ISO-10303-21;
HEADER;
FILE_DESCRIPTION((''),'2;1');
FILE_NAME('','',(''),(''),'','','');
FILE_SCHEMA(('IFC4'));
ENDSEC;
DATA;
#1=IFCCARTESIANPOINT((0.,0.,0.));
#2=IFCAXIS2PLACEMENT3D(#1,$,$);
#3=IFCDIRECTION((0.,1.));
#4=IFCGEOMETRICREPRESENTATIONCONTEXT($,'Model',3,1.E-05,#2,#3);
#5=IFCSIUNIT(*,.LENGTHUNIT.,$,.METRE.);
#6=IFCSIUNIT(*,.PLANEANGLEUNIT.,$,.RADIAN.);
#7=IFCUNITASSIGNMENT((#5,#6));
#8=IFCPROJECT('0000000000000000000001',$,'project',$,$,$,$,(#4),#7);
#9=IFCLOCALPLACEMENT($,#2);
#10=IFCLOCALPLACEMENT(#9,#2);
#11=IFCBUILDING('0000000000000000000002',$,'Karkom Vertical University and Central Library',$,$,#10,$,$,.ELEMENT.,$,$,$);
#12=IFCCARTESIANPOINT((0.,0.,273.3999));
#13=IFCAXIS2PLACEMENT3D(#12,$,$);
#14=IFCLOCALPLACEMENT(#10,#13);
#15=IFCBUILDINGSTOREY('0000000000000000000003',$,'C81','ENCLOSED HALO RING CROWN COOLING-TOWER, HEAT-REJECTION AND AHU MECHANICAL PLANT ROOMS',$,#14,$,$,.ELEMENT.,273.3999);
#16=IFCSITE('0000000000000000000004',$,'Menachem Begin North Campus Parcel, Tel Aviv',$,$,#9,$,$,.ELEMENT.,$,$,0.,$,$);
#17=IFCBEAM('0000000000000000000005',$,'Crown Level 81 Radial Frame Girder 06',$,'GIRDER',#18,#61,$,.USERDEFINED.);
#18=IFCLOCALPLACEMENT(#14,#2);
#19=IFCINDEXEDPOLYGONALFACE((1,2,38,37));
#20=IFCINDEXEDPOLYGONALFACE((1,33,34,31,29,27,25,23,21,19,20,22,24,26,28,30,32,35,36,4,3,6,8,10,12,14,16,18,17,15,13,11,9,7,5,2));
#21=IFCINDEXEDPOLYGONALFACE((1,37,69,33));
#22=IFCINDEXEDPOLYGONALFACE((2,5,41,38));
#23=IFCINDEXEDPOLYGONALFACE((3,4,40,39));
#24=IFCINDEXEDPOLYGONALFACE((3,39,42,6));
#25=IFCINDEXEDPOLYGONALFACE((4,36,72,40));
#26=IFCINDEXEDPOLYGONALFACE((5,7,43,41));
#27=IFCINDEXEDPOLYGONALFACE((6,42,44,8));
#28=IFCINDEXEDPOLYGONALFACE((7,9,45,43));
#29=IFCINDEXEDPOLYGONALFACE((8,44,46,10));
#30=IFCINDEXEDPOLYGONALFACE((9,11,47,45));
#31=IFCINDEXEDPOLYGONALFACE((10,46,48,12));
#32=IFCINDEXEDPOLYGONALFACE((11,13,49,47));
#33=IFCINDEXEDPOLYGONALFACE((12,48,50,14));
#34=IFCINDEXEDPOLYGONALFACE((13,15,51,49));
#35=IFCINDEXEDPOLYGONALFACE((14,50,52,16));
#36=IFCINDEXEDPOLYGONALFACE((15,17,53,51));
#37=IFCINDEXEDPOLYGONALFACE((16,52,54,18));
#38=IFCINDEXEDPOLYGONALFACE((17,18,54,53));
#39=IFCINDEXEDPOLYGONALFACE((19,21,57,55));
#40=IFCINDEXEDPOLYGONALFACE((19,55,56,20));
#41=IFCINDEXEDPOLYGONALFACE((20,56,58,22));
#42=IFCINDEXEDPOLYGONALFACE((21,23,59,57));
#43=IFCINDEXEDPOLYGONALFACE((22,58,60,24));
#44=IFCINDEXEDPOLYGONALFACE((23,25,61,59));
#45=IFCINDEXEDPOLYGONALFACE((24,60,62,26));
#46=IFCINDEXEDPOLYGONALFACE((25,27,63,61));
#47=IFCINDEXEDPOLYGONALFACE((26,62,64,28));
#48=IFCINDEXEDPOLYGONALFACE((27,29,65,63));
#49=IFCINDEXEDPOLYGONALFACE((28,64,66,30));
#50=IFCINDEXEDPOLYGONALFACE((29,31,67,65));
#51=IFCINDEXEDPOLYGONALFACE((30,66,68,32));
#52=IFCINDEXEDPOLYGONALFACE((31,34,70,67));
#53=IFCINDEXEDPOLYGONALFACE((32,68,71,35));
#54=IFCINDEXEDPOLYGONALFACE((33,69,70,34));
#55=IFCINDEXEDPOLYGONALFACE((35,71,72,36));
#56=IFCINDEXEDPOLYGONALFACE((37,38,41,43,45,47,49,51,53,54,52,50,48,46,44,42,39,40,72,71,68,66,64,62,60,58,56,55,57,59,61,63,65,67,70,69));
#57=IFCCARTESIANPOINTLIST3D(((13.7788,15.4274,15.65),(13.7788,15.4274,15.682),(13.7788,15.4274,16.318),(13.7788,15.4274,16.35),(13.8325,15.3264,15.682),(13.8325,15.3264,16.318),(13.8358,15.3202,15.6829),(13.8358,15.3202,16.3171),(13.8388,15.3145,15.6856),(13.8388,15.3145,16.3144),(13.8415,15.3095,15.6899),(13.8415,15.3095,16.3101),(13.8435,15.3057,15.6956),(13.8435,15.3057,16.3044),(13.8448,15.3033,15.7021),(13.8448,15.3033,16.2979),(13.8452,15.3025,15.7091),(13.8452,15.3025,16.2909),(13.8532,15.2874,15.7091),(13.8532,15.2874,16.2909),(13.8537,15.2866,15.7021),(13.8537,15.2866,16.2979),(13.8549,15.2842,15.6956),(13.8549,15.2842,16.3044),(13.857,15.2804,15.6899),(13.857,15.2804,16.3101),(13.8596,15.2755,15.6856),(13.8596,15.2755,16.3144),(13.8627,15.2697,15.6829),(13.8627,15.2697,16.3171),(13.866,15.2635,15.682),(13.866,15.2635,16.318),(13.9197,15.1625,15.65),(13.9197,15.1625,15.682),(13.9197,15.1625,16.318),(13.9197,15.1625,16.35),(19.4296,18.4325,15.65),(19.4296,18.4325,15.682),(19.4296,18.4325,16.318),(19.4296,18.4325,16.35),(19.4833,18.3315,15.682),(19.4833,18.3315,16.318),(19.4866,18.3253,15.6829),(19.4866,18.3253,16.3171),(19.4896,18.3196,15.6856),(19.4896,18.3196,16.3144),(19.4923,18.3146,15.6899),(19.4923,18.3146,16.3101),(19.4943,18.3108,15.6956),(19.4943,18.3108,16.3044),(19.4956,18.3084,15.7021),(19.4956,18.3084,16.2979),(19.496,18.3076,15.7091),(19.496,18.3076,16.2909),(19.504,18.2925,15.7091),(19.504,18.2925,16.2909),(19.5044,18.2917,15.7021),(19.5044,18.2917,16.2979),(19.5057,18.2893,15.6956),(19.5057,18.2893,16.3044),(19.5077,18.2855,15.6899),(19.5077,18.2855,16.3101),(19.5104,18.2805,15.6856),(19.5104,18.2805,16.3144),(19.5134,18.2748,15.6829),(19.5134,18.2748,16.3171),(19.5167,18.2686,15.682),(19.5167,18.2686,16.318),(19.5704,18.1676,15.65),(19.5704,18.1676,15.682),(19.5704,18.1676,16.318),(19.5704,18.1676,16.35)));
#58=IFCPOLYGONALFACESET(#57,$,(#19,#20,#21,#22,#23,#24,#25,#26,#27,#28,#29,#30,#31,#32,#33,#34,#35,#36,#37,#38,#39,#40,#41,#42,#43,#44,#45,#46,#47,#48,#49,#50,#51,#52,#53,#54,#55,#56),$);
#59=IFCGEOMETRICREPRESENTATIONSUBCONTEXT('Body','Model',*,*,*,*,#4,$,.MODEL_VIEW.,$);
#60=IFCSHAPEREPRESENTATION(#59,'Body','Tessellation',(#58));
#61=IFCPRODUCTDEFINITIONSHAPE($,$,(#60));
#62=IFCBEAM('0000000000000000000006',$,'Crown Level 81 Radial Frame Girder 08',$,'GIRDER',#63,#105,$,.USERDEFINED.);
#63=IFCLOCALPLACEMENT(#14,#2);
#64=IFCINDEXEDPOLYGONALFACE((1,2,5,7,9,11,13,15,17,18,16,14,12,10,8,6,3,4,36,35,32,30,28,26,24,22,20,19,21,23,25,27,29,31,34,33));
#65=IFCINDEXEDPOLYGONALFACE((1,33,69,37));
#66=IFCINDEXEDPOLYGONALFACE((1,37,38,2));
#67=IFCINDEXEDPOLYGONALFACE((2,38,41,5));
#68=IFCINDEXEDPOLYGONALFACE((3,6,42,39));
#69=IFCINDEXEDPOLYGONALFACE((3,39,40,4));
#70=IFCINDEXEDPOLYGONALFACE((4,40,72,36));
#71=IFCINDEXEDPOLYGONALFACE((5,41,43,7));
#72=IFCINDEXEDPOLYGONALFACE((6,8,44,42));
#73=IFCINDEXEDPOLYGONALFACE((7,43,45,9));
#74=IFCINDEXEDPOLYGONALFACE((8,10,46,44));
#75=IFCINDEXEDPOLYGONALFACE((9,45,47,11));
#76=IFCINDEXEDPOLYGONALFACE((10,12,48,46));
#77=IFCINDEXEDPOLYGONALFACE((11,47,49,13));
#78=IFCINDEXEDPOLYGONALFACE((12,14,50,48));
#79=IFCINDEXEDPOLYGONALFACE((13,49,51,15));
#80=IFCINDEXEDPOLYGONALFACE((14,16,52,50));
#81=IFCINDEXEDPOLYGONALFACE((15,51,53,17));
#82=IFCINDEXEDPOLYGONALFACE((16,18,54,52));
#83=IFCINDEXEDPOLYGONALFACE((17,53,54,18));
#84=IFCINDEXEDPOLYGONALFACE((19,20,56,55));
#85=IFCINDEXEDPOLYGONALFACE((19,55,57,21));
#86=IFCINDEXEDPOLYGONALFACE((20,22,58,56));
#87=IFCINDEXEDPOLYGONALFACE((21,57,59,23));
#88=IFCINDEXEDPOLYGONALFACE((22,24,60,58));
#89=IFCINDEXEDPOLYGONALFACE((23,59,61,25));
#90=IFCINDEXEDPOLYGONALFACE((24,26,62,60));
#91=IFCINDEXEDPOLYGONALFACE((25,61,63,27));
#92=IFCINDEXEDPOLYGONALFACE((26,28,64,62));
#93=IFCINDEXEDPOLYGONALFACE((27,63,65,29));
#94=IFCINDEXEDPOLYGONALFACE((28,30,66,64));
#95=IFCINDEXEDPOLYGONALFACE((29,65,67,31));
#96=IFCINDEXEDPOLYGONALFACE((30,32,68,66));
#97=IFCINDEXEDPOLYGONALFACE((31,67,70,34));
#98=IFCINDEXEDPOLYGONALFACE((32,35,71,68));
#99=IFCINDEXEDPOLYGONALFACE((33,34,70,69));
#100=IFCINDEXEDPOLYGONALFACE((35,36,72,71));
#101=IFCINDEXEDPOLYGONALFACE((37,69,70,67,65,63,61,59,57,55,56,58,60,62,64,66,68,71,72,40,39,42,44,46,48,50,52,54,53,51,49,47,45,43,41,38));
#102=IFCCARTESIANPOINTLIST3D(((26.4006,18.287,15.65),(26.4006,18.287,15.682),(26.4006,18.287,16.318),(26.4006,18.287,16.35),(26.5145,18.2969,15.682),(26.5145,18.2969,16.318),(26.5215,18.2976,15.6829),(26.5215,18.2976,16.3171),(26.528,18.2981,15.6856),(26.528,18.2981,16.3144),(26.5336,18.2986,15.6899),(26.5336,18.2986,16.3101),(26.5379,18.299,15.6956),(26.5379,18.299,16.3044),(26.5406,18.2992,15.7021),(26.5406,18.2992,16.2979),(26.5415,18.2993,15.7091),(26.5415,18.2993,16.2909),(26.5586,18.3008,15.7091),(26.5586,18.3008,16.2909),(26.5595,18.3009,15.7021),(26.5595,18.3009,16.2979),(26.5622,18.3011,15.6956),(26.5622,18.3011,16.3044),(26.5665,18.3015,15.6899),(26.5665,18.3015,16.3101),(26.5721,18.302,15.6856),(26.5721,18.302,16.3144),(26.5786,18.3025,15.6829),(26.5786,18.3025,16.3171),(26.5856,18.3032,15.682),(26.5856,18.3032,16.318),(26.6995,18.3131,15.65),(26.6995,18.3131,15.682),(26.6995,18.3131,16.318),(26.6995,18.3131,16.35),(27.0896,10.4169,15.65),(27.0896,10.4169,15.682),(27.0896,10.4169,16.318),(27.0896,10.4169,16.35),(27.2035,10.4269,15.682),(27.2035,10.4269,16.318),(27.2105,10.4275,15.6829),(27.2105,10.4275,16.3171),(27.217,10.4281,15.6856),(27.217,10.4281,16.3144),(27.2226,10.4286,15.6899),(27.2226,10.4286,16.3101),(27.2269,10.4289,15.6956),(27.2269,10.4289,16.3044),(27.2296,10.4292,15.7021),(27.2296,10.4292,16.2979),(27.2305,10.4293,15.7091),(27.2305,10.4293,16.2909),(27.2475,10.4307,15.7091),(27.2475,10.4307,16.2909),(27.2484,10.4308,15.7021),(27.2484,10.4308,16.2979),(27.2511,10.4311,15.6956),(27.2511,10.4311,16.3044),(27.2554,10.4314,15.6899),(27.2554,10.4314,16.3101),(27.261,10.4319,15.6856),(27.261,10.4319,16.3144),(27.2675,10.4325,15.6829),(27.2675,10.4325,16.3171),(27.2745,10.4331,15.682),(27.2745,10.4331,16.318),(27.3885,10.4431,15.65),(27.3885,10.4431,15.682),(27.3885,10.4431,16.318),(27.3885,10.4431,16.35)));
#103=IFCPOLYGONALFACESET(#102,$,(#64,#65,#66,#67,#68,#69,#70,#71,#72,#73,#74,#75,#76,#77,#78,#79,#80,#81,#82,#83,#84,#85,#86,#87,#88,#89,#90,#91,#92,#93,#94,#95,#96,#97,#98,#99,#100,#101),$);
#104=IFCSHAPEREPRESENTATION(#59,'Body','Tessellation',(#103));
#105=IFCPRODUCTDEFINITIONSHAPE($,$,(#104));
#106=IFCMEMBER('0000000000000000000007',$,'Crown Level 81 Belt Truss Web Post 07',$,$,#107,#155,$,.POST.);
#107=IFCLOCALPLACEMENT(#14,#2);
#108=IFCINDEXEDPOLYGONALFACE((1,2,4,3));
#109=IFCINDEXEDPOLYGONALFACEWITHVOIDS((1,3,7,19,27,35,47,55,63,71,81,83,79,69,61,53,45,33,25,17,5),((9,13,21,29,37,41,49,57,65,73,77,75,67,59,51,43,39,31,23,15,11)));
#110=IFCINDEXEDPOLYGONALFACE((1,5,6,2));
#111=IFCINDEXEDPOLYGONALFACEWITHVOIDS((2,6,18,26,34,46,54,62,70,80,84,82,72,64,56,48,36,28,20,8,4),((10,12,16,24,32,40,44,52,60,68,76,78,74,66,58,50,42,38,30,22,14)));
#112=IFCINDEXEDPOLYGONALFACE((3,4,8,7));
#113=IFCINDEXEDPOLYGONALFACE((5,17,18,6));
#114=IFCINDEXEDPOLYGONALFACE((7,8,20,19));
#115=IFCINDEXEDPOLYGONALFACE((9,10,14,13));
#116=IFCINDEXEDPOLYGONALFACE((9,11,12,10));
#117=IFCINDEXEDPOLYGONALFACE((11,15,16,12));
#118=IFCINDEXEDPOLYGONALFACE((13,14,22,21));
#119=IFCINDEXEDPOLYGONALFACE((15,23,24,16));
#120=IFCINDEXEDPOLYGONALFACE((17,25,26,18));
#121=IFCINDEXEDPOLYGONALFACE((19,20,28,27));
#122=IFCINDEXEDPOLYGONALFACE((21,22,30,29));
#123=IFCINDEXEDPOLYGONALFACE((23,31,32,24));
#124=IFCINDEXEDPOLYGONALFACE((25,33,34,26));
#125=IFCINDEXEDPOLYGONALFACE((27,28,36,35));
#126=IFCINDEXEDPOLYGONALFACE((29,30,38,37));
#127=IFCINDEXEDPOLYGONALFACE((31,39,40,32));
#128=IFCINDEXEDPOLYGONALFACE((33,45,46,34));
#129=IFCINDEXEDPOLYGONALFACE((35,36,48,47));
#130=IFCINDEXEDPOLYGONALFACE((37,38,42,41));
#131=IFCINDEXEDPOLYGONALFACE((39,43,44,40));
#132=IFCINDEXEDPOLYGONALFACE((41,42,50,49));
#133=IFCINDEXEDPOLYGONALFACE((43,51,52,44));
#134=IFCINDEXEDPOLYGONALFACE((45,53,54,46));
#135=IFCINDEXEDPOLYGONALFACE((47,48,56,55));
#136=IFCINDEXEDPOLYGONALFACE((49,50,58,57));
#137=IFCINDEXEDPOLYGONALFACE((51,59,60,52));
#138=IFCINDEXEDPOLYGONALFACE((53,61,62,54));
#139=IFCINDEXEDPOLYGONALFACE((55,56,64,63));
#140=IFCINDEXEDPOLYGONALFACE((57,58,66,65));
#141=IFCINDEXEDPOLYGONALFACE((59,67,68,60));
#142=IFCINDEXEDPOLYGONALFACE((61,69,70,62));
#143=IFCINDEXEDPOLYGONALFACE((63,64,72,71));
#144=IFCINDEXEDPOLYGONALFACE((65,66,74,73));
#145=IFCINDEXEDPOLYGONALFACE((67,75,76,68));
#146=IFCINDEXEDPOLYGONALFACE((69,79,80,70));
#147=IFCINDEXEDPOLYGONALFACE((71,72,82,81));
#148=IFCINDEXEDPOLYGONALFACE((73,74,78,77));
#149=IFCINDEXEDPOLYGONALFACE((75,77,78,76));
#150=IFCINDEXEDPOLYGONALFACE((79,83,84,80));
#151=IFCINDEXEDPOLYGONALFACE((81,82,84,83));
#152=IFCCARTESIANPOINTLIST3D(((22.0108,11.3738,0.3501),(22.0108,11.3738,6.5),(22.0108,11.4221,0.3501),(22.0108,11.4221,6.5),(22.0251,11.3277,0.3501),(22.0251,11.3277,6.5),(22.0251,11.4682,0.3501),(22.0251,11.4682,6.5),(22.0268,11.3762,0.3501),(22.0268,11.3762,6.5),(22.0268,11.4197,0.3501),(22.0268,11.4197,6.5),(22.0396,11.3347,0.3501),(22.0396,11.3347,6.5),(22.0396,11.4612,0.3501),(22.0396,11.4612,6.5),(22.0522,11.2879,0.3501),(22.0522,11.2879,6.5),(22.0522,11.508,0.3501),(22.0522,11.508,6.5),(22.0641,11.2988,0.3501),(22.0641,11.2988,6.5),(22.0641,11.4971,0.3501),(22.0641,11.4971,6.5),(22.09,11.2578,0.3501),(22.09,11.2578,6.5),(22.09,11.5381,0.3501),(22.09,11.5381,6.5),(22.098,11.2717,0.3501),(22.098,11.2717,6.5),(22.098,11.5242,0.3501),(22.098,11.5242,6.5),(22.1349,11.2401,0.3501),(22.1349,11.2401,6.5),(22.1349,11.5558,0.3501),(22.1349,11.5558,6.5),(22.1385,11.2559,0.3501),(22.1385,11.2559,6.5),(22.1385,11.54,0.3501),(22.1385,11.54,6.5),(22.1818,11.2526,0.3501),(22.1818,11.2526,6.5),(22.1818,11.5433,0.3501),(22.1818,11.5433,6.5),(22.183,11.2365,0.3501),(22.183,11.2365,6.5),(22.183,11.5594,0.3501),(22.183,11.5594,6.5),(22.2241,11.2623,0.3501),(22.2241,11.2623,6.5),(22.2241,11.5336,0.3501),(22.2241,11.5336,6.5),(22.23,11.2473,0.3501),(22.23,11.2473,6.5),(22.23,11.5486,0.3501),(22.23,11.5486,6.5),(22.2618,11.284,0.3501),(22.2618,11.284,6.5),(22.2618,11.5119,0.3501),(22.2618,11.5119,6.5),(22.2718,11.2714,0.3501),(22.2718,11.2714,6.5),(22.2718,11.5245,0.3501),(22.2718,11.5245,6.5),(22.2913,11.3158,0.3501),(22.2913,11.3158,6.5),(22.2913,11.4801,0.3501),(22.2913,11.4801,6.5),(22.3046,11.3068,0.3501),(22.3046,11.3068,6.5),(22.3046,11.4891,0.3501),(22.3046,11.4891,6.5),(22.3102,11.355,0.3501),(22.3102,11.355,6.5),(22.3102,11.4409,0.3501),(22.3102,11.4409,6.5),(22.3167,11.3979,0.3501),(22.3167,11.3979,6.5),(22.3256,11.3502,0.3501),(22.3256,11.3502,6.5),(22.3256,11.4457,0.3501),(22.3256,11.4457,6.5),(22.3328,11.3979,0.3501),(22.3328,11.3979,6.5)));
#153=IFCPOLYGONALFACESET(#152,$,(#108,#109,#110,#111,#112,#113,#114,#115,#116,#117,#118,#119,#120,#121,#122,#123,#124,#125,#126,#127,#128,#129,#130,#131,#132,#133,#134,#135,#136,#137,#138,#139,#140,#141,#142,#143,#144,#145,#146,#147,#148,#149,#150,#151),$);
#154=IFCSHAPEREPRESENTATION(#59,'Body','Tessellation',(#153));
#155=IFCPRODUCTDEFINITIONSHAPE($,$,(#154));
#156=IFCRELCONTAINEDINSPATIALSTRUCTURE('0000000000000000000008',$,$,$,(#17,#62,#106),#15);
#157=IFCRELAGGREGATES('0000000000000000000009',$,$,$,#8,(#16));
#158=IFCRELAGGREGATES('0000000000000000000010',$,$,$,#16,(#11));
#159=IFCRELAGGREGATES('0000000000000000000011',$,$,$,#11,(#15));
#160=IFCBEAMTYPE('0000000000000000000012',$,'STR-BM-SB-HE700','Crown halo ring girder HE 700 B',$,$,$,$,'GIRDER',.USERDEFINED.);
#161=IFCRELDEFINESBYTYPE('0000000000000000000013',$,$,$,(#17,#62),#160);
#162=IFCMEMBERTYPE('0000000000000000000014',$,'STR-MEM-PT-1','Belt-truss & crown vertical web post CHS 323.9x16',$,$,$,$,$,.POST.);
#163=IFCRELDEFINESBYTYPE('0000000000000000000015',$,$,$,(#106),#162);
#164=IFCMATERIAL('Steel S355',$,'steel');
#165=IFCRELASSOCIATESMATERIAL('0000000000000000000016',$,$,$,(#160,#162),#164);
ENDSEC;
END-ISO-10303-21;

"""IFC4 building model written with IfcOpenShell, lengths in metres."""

from ifc_helpers import new_model, si_unit, direction, frame, origin, origin_with_axes, origin_2d, place, context, subcontext, project, spatial, hollow_circle, i_section, extrude, source, transform, mapped, material, material_profile, profile_set, type_object, element, save


model = new_model("IFC4")

# Units and contexts
model_context = context("Model", 3, precision=1e-05, world=origin(), true_north=direction((0.0, 1.0)))
body_context = subcontext(model_context, "Body", "Model", "MODEL_VIEW")
ifc_project = project(units=[si_unit("LENGTHUNIT", "METRE"), si_unit("PLANEANGLEUNIT", "RADIAN")], contexts=[model_context])

# Site, building, storey
site_placement = place(None, origin())
site = spatial("IfcSite", under=ifc_project, at=site_placement, Name="Menachem Begin North Campus Parcel, Tel Aviv", CompositionType="ELEMENT", RefElevation=0.0)
building_placement = place(site_placement, origin())
building = spatial("IfcBuilding", under=site, at=building_placement, Name="Karkom Vertical University and Central Library", CompositionType="ELEMENT")
storey_placement = place(building_placement, frame((0.0, 0.0, 273.3999)))
storey = spatial("IfcBuildingStorey", under=building, at=storey_placement, Name="C81", Description="ENCLOSED HALO RING CROWN COOLING-TOWER, HEAT-REJECTION AND AHU MECHANICAL PLANT ROOMS", CompositionType="ELEMENT", Elevation=273.3999)

# Shared definitions
ifc_material_1 = material(Name="Steel S355", Category="steel")

# Beams
ifc_material_profile_1 = material_profile(ifc_material_1, i_section(OverallWidth=0.3, OverallDepth=0.7, WebThickness=0.0171, FlangeThickness=0.032, FilletRadius=0.0271, at=origin_2d()), Name="HE 700 B")
ifc_profile_set_1 = profile_set([ifc_material_profile_1], Name="Steel S355")
beam_type_1 = type_object("IfcBeamType", Name="STR-BM-SB-HE700", Description="Crown halo ring girder HE 700 B", ElementType="GIRDER", PredefinedType="USERDEFINED", material=ifc_profile_set_1)
shared_shape_1 = source(origin_with_axes(), body_context, "Body", "SweptSolid", [
    extrude(i_section(OverallWidth=0.3, OverallDepth=0.7, WebThickness=0.0171, FlangeThickness=0.032, FilletRadius=0.0271, at=origin_2d()), origin(), (0.0, 0.0, 1.0), 6.4001),
])
beam_1_placement = place(storey_placement, frame((19.5, 18.3, 16.0), z_axis=(-0.882915, -0.469533, 0.0), x_axis=(0.469533, -0.882915, 0.0)))
element("IfcBeam", 1, at=beam_1_placement, inside=storey, type_object=beam_type_1, Name="Crown Level 81 Radial Frame Girder 06", ObjectType="GIRDER", PredefinedType="USERDEFINED", context=body_context, shape_type="MappedRepresentation", body=[
    mapped(shared_shape_1, transform((0.0, 0.0, 0.0), scale=1.0)),
])
shared_shape_2 = source(origin_with_axes(), body_context, "Body", "SweptSolid", [
    extrude(i_section(OverallWidth=0.3, OverallDepth=0.7, WebThickness=0.0171, FlangeThickness=0.032, FilletRadius=0.0271, at=origin_2d()), origin(), (0.0, 0.0, 1.0), 7.9001),
])
beam_2_placement = place(storey_placement, frame((26.55, 18.3, 16.0), z_axis=(0.087208, -0.99619, 0.0), x_axis=(0.99619, 0.087208, 0.0)))
element("IfcBeam", 2, at=beam_2_placement, inside=storey, type_object=beam_type_1, Name="Crown Level 81 Radial Frame Girder 08", ObjectType="GIRDER", PredefinedType="USERDEFINED", context=body_context, shape_type="MappedRepresentation", body=[
    mapped(shared_shape_2, transform((0.0, 0.0, 0.0), scale=1.0)),
])

# Member
ifc_material_profile_2 = material_profile(ifc_material_1, hollow_circle(Radius=0.1619, WallThickness=0.0161, at=origin_2d()), Name="CHS 323.9x16")
ifc_profile_set_2 = profile_set([ifc_material_profile_2], Name="Steel S355")
member_type_1 = type_object("IfcMemberType", Name="STR-MEM-PT-1", Description="Belt-truss & crown vertical web post CHS 323.9x16", PredefinedType="POST", material=ifc_profile_set_2)
shared_shape_3 = source(origin_with_axes(), body_context, "Body", "SweptSolid", [
    extrude(hollow_circle(Radius=0.1619, WallThickness=0.0161, at=origin_2d()), origin(), (0.0, 0.0, 1.0), 6.1499),
])
member_1_placement = place(storey_placement, frame((22.1709, 11.3979, 0.3501), z_axis=(0.0, 0.0, 1.0), x_axis=(1.0, 0.0, 0.0)))
element("IfcMember", 3, at=member_1_placement, inside=storey, type_object=member_type_1, Name="Crown Level 81 Belt Truss Web Post 07", PredefinedType="POST", context=body_context, shape_type="MappedRepresentation", body=[
    mapped(shared_shape_3, transform((0.0, 0.0, 0.0), scale=1.0)),
])

save(model, "model.ifc")
